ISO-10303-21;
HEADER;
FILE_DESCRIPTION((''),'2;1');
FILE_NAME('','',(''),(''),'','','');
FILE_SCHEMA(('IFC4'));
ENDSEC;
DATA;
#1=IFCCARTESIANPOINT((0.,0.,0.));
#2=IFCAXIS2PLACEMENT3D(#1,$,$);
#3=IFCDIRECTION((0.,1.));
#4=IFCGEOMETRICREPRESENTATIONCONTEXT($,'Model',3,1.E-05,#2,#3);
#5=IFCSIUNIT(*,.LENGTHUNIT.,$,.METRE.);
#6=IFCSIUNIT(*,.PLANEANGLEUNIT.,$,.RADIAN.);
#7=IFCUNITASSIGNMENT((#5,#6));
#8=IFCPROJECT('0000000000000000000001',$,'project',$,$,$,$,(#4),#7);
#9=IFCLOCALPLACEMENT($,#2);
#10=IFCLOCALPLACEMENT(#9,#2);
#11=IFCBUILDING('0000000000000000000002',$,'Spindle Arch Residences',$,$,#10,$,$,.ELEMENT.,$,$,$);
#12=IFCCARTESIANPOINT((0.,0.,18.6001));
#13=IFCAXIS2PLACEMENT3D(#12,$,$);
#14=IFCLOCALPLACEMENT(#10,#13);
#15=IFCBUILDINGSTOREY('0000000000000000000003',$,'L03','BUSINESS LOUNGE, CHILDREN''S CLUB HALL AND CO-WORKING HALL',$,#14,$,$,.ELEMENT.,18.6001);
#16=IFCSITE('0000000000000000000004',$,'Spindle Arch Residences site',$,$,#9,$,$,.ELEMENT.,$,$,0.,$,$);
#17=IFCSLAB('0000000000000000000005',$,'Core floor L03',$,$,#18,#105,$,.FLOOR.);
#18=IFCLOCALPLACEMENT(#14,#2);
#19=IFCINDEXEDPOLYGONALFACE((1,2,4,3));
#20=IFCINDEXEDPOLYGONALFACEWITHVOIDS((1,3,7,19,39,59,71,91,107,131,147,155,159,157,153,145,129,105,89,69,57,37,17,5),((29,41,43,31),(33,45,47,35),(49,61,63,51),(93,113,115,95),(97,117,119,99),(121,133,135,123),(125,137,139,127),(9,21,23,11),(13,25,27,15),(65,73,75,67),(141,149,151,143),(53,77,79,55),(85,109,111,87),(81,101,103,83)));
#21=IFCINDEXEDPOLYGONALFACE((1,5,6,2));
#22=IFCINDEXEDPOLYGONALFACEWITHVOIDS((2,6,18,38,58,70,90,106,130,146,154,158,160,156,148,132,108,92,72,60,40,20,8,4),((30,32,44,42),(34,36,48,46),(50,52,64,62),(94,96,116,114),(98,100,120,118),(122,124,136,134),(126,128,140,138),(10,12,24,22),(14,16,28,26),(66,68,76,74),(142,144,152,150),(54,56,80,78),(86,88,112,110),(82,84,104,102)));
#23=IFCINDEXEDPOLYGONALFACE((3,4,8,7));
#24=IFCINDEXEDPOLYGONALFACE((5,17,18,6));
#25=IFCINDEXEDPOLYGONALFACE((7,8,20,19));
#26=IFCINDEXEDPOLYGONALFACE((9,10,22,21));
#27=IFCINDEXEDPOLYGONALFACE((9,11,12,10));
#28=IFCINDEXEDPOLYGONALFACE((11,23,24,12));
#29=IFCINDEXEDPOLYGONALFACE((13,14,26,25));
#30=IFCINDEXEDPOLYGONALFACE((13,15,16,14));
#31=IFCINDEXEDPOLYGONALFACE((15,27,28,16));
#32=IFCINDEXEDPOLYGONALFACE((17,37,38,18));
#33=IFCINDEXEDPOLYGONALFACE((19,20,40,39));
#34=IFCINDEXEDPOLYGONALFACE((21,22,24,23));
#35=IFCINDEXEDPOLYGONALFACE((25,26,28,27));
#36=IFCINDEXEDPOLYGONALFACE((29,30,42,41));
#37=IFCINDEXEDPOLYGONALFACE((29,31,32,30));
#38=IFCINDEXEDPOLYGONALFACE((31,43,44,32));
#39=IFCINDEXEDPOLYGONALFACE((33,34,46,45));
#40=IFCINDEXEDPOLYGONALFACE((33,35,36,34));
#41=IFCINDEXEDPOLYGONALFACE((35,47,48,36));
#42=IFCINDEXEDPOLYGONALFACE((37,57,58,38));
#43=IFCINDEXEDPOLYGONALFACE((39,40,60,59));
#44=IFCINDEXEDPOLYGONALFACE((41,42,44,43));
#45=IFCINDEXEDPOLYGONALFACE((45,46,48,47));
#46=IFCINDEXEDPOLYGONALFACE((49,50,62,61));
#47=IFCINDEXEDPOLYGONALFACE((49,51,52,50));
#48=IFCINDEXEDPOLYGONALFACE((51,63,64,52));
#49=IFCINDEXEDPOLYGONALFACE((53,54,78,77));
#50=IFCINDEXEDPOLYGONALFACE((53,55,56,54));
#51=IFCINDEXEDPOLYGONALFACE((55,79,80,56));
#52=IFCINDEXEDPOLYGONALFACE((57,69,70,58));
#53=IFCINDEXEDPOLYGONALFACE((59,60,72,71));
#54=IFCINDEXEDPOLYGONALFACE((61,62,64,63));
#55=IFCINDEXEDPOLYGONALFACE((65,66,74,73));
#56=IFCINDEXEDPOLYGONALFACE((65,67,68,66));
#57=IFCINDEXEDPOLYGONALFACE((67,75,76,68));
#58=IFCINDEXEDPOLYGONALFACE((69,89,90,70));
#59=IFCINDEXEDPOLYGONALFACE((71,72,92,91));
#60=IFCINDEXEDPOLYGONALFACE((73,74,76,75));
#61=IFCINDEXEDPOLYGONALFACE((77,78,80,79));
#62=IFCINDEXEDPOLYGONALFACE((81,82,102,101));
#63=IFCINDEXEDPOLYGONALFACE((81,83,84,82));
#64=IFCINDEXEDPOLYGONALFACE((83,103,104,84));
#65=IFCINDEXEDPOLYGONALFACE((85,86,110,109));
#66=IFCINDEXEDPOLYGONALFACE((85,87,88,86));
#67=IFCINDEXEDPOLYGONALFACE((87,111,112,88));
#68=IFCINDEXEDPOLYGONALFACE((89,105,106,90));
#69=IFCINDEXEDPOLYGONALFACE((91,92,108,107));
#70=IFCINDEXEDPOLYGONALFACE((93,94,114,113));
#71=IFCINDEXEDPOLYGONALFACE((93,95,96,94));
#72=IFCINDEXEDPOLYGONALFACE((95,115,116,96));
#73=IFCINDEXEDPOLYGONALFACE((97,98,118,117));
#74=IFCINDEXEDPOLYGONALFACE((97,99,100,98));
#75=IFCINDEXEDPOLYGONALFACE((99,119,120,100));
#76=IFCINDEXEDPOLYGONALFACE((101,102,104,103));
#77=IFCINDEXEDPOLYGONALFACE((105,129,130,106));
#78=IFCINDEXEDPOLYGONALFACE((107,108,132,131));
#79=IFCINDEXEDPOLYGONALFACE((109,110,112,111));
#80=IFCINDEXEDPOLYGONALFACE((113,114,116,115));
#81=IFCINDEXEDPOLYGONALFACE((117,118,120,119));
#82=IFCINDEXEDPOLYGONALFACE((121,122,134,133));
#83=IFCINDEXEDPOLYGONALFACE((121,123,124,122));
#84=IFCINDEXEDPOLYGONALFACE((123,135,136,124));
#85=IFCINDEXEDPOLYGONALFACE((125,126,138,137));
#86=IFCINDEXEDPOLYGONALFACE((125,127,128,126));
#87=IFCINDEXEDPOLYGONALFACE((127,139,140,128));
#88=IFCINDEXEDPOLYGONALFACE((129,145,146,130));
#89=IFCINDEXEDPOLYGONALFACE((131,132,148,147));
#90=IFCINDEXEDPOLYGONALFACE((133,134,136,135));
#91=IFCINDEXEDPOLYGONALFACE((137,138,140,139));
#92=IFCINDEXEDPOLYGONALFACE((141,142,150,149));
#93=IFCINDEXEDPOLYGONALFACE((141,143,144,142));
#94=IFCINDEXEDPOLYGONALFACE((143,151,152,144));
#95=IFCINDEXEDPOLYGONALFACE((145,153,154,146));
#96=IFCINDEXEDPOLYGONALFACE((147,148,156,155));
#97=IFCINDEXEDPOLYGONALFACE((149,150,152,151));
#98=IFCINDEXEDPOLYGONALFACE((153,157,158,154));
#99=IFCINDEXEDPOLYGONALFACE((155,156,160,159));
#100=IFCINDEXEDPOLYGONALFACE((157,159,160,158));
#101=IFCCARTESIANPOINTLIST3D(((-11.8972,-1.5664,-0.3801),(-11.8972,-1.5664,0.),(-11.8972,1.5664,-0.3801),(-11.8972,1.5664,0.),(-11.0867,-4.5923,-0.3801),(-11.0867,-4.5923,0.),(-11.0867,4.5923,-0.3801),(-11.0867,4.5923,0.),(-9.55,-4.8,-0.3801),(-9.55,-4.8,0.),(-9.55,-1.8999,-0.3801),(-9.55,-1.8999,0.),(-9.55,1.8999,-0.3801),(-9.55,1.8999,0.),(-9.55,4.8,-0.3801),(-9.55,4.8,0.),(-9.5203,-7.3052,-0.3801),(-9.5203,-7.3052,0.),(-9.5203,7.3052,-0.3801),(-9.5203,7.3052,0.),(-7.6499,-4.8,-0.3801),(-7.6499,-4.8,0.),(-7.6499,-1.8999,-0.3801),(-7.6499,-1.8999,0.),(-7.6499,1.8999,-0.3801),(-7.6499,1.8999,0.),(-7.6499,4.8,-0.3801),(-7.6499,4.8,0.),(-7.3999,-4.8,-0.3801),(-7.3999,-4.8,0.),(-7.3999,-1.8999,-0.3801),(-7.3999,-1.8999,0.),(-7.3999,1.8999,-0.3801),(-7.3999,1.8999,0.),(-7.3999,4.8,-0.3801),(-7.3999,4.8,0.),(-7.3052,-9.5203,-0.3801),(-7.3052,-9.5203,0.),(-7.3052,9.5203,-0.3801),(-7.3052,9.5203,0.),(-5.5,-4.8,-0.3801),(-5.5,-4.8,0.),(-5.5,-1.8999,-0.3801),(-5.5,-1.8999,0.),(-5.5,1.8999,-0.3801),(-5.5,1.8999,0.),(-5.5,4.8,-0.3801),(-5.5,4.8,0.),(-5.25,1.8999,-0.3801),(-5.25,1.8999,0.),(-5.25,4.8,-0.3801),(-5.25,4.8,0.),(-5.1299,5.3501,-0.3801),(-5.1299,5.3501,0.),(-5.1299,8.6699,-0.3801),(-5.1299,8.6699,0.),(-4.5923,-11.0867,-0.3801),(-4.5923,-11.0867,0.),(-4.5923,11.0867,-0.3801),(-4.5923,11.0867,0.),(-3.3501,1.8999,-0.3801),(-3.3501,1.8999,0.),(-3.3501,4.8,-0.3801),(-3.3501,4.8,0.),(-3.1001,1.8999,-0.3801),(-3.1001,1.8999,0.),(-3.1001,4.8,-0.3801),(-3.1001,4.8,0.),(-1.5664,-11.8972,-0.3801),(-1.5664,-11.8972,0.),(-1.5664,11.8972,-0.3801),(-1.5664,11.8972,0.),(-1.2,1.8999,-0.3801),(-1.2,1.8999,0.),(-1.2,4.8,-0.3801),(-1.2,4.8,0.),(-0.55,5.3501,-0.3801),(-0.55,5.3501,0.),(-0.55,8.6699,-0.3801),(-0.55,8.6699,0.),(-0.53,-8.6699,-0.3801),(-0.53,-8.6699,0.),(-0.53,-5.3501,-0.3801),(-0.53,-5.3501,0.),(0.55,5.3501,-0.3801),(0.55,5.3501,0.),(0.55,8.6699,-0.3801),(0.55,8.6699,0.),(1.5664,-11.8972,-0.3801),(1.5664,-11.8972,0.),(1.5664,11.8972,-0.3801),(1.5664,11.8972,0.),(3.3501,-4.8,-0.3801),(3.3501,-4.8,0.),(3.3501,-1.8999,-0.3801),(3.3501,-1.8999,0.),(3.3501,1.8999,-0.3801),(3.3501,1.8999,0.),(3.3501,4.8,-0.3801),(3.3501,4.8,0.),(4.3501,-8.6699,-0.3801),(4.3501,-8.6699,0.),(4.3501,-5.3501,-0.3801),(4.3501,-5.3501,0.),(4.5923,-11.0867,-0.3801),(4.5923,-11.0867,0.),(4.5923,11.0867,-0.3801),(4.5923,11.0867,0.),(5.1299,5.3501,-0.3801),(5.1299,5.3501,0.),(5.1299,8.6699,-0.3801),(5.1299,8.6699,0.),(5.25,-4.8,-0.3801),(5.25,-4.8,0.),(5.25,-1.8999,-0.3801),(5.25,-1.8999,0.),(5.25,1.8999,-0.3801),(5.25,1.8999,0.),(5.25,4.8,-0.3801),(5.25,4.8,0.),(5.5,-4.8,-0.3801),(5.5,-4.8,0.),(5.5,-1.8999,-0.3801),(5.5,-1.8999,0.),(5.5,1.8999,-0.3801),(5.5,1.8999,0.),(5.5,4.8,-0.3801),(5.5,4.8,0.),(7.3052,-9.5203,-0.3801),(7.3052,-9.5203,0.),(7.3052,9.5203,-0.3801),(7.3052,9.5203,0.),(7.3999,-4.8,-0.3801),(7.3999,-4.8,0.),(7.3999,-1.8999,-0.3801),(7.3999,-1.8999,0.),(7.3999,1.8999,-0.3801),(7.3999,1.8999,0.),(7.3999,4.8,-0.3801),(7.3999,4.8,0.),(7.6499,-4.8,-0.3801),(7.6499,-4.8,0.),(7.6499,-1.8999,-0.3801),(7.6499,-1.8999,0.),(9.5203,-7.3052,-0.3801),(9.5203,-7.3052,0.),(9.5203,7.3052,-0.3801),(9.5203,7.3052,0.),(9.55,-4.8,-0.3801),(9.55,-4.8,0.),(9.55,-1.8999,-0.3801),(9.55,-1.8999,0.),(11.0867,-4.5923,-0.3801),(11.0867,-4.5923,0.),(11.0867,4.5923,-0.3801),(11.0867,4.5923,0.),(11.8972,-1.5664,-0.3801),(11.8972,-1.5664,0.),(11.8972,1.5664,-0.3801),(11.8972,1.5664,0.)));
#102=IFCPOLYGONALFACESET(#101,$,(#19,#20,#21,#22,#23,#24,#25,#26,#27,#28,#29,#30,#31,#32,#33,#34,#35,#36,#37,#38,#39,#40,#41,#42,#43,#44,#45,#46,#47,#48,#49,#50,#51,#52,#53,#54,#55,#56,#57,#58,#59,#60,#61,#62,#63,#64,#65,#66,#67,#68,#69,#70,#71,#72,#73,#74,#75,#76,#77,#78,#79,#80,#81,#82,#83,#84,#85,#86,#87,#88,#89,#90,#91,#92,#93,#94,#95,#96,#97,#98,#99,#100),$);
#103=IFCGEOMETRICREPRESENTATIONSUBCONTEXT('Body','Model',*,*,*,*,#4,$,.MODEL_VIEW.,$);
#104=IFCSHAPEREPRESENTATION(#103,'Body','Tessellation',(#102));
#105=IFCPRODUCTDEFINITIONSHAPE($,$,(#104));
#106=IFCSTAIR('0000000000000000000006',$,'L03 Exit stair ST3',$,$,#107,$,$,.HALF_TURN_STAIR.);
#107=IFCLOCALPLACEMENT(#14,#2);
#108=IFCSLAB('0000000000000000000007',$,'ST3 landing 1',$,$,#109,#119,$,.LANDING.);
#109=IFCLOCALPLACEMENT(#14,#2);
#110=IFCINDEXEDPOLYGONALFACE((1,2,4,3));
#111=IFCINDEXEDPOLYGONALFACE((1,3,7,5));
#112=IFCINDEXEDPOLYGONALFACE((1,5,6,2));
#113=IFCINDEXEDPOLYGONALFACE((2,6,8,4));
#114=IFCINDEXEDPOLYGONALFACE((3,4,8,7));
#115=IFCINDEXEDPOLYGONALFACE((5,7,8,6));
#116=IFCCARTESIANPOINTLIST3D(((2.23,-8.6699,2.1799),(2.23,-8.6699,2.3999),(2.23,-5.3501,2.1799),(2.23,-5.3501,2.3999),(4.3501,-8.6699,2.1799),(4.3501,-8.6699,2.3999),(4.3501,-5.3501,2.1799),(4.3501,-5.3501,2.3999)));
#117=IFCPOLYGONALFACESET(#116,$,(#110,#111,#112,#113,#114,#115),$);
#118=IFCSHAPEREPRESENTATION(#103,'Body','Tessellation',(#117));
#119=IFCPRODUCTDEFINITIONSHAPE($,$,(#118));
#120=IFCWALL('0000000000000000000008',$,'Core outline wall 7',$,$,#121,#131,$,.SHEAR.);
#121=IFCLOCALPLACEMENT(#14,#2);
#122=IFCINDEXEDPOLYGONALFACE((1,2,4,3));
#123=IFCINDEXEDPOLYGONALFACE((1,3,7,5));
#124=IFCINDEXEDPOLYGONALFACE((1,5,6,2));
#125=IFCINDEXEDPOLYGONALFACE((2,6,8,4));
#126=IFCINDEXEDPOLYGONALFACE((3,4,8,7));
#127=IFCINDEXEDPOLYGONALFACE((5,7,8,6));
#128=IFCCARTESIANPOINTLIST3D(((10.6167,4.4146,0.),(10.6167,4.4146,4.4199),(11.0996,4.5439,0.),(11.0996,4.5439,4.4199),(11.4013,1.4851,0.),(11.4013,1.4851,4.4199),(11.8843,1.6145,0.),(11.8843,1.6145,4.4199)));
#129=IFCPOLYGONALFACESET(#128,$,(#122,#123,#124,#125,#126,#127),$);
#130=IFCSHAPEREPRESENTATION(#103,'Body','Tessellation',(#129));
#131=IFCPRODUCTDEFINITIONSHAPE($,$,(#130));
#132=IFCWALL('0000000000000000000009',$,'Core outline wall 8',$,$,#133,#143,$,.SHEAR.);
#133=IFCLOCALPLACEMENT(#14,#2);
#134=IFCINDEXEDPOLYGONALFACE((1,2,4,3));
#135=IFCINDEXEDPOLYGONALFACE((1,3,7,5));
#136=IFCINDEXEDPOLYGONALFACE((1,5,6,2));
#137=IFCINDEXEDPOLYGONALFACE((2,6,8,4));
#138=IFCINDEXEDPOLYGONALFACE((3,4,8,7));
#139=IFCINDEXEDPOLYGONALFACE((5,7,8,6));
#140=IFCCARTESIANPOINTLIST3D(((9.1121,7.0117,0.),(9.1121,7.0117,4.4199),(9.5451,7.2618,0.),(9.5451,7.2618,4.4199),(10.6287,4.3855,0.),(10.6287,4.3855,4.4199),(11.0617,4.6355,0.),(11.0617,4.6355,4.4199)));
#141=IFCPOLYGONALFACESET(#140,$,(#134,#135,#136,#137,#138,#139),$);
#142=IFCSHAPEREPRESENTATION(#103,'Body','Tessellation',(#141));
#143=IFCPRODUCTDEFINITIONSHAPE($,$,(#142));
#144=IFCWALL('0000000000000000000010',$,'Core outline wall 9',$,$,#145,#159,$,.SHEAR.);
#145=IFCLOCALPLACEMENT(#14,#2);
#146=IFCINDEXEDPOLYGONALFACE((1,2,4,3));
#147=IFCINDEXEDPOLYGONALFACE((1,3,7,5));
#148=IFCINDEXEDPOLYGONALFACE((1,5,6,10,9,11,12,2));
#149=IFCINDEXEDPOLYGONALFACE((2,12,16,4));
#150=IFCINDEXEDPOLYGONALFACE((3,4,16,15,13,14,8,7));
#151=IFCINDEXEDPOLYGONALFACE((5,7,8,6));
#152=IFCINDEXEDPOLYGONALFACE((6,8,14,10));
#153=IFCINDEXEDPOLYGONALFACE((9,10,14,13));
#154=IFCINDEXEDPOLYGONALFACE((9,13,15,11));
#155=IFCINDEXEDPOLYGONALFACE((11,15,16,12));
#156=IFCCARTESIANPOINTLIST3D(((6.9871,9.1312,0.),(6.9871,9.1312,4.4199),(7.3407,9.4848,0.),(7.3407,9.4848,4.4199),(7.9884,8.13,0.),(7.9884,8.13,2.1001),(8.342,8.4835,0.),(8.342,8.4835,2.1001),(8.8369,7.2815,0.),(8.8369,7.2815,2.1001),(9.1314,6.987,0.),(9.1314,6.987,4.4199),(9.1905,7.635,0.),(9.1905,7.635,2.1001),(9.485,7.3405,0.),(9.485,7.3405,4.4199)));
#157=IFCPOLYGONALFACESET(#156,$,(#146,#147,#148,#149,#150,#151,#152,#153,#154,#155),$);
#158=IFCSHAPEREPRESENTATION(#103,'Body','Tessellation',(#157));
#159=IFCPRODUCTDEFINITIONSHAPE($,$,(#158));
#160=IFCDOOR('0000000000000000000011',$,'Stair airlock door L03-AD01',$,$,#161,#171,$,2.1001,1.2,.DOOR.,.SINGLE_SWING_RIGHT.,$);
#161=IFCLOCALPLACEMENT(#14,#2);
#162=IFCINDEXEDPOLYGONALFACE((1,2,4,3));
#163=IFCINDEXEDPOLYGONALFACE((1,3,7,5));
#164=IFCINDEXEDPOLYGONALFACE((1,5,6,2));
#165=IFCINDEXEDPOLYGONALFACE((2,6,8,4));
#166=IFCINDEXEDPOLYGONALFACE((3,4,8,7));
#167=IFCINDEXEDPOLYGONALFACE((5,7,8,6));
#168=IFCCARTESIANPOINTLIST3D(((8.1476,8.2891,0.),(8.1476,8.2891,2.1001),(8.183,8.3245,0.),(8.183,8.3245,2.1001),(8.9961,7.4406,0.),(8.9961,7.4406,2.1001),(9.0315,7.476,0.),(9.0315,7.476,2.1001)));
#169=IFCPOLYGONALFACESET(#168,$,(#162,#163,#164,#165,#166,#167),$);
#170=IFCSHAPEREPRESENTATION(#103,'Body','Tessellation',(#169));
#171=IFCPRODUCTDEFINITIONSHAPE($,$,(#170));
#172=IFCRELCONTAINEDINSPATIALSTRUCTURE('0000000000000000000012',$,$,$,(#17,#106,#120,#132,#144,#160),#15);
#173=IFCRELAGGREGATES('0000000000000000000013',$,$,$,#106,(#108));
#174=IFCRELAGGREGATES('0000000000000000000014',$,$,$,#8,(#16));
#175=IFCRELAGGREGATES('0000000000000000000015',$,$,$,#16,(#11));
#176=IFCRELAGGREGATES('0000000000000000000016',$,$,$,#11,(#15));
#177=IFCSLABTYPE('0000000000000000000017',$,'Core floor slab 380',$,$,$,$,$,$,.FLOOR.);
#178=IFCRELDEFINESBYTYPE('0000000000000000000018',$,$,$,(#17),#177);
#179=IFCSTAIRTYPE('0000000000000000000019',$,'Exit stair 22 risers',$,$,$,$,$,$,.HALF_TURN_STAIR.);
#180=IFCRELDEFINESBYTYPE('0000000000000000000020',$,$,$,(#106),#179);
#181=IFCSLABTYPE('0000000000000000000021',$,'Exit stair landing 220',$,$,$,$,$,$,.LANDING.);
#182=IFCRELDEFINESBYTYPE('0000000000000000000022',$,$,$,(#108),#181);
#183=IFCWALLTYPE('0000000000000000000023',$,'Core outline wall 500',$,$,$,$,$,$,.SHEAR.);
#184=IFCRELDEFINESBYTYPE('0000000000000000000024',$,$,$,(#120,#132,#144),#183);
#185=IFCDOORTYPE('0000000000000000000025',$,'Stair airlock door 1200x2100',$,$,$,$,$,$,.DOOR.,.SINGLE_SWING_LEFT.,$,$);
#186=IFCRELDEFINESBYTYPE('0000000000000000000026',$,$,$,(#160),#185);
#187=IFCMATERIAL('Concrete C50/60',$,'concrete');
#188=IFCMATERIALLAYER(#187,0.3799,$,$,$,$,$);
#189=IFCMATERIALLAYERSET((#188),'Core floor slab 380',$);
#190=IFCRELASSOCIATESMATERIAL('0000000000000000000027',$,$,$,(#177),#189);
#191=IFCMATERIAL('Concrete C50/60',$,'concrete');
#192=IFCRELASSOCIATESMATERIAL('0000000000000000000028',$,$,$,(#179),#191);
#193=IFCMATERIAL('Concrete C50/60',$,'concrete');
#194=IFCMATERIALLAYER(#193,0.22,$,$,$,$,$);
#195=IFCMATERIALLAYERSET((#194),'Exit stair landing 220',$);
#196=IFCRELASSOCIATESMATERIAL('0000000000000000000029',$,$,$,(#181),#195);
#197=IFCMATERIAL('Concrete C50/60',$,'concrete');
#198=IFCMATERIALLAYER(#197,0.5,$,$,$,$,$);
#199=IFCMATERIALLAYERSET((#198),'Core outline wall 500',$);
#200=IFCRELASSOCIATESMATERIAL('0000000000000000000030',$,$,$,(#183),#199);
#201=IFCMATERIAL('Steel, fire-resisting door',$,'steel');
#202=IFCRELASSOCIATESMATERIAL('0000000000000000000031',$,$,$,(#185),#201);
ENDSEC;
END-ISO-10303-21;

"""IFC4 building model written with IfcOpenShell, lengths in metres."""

from ifc_helpers import new_model, si_unit, direction, frame, frame_2d, origin, place, context, subcontext, project, spatial, polyline, rectangle, outline, extrude, material, layer, layer_set, type_object, element, fill, aggregate, save


model = new_model("IFC4")

# Units and contexts
model_context = context("Model", 3, precision=1e-05, world=origin(), true_north=direction((0.0, 1.0)))
body_context = subcontext(model_context, "Body", "Model", "MODEL_VIEW")
ifc_project = project(units=[si_unit("LENGTHUNIT", "METRE"), si_unit("PLANEANGLEUNIT", "RADIAN")], contexts=[model_context])

# Site, building, storey
site_placement = place(None, origin())
site = spatial("IfcSite", under=ifc_project, at=site_placement, Name="Spindle Arch Residences site", CompositionType="ELEMENT", RefElevation=0.0)
building_placement = place(site_placement, origin())
building = spatial("IfcBuilding", under=site, at=building_placement, Name="Spindle Arch Residences", CompositionType="ELEMENT")
storey_placement = place(building_placement, frame((0.0, 0.0, 18.6001)))
storey = spatial("IfcBuildingStorey", under=building, at=storey_placement, Name="L03", Description="BUSINESS LOUNGE, CHILDREN'S CLUB HALL AND CO-WORKING HALL", CompositionType="ELEMENT", Elevation=18.6001)

# Slab
ifc_material_1 = material(Name="Concrete C50/60", Category="concrete")
ifc_layer_1 = layer(ifc_material_1, 0.3799)
ifc_layer_set_1 = layer_set([ifc_layer_1], Name="Core floor slab 380")
slab_type_1 = type_object("IfcSlabType", Name="Core floor slab 380", PredefinedType="FLOOR", material=ifc_layer_set_1)
slab_1_placement = place(storey_placement, frame((0.0, 0.0, -0.3801)))
element("IfcSlab", 1, at=slab_1_placement, inside=storey, type_object=slab_type_1, Name="Core floor L03", PredefinedType="FLOOR", context=body_context, shape_type="SweptSolid", body=[
    extrude(outline(polyline([(1.5664, -11.8972), (4.5923, -11.0867), (7.3052, -9.5203), (9.5203, -7.3052), (11.0867, -4.5923), (11.8972, -1.5664), (11.8972, 1.5664), (11.0867, 4.5923), (9.5203, 7.3052), (7.3052, 9.5203), (4.5923, 11.0867), (1.5664, 11.8972), (-1.5664, 11.8972), (-4.5923, 11.0867), (-7.3052, 9.5203), (-9.5203, 7.3052), (-11.0867, 4.5923), (-11.8972, 1.5664), (-11.8972, -1.5664), (-11.0867, -4.5923), (-9.5203, -7.3052), (-7.3052, -9.5203), (-4.5923, -11.0867), (-1.5664, -11.8972), (1.5664, -11.8972)]), holes=[polyline([(-9.55, 1.8999), (-7.6499, 1.8999), (-7.6499, 4.8), (-9.55, 4.8), (-9.55, 1.8999)]), polyline([(-7.3999, 1.8999), (-5.5, 1.8999), (-5.5, 4.8), (-7.3999, 4.8), (-7.3999, 1.8999)]), polyline([(-5.25, 1.8999), (-3.3501, 1.8999), (-3.3501, 4.8), (-5.25, 4.8), (-5.25, 1.8999)]), polyline([(-3.1001, 1.8999), (-1.2, 1.8999), (-1.2, 4.8), (-3.1001, 4.8), (-3.1001, 1.8999)]), polyline([(3.3501, 1.8999), (5.25, 1.8999), (5.25, 4.8), (3.3501, 4.8), (3.3501, 1.8999)]), polyline([(5.5, 1.8999), (7.3999, 1.8999), (7.3999, 4.8), (5.5, 4.8), (5.5, 1.8999)]), polyline([(-9.55, -4.8), (-7.6499, -4.8), (-7.6499, -1.8999), (-9.55, -1.8999), (-9.55, -4.8)]), polyline([(-7.3999, -4.8), (-5.5, -4.8), (-5.5, -1.8999), (-7.3999, -1.8999), (-7.3999, -4.8)]), polyline([(3.3501, -4.8), (5.25, -4.8), (5.25, -1.8999), (3.3501, -1.8999), (3.3501, -4.8)]), polyline([(5.5, -4.8), (7.3999, -4.8), (7.3999, -1.8999), (5.5, -1.8999), (5.5, -4.8)]), polyline([(7.6499, -4.8), (9.55, -4.8), (9.55, -1.8999), (7.6499, -1.8999), (7.6499, -4.8)]), polyline([(5.1299, 8.6699), (0.55, 8.6699), (0.55, 5.3501), (5.1299, 5.3501), (5.1299, 8.6699)]), polyline([(-5.1299, 5.3501), (-0.55, 5.3501), (-0.55, 8.6699), (-5.1299, 8.6699), (-5.1299, 5.3501)]), polyline([(-0.53, -8.6699), (4.3501, -8.6699), (4.3501, -5.3501), (-0.53, -5.3501), (-0.53, -8.6699)])]), origin(), (0.0, 0.0, 1.0), 0.3801),
])

# Stair, slab
ifc_material_2 = material(Name="Concrete C50/60", Category="concrete")
stair_type = type_object("IfcStairType", Name="Exit stair 22 risers", PredefinedType="HALF_TURN_STAIR", material=ifc_material_2)
stair_1_placement = place(storey_placement, origin())
stair_1 = element("IfcStair", 2, at=stair_1_placement, inside=storey, type_object=stair_type, Name="L03 Exit stair ST3", PredefinedType="HALF_TURN_STAIR")
ifc_material_3 = material(Name="Concrete C50/60", Category="concrete")
ifc_layer_2 = layer(ifc_material_3, 0.22)
ifc_layer_set_2 = layer_set([ifc_layer_2], Name="Exit stair landing 220")
slab_type_2 = type_object("IfcSlabType", Name="Exit stair landing 220", PredefinedType="LANDING", material=ifc_layer_set_2)
slab_2_placement = place(storey_placement, frame((0.0, 0.0, 2.1799)))
slab_2 = element("IfcSlab", 3, at=slab_2_placement, type_object=slab_type_2, Name="ST3 landing 1", PredefinedType="LANDING", context=body_context, shape_type="SweptSolid", body=[
    extrude(outline(polyline([(2.23, -8.6699), (4.3501, -8.6699), (4.3501, -5.3501), (2.23, -5.3501), (2.23, -8.6699)])), origin(), (0.0, 0.0, 1.0), 0.22),
])
aggregate(stair_1, [slab_2])

# Walls
ifc_material_4 = material(Name="Concrete C50/60", Category="concrete")
ifc_layer_3 = layer(ifc_material_4, 0.5)
ifc_layer_set_3 = layer_set([ifc_layer_3], Name="Core outline wall 500")
wall_type_1 = type_object("IfcWallType", Name="Core outline wall 500", PredefinedType="SHEAR", material=ifc_layer_set_3)
for number, where, z_axis, x_axis, name in (
    (4, (11.6428, 1.5498, 0.0), (0.0, 0.0, 1.0), (-0.258735, 0.965948, 0.0), "Core outline wall 7"),
    (5, (10.8452, 4.5105, 0.0), (0.0, 0.0, 1.0), (-0.500087, 0.865975, 0.0), "Core outline wall 8"),
):
    element("IfcWall", number, at=place(storey_placement, frame(where, z_axis=z_axis, x_axis=x_axis)), inside=storey, type_object=wall_type_1, Name=name, PredefinedType="SHEAR", context=body_context, shape_type="SweptSolid", body=[
        extrude(rectangle(XDim=3.0327, YDim=0.5, at=frame_2d((1.5164, 0.0))), origin(), (0.0, 0.0, 1.0), 4.4199),
    ])

# Wall, opening, door
wall_1_placement = place(storey_placement, frame((9.3081, 7.1638, 0.0), z_axis=(0.0, 0.0, 1.0), x_axis=(-0.707107, 0.707107, 0.0)))
wall_1 = element("IfcWall", 6, at=wall_1_placement, inside=storey, type_object=wall_type_1, Name="Core outline wall 9", PredefinedType="SHEAR", context=body_context, shape_type="SweptSolid", body=[
    extrude(rectangle(XDim=3.0325, YDim=0.5, at=frame_2d((1.5161, 0.0))), origin(), (0.0, 0.0, 1.0), 4.4199),
])
opening_1_placement = place(wall_1_placement, frame((0.4163, 0.0, 0.0)))
opening_1 = element("IfcOpeningElement", 7, at=opening_1_placement, cuts=wall_1, PredefinedType="OPENING", context=body_context, shape_type="SweptSolid", body=[
    extrude(rectangle(XDim=1.2, YDim=2.1001, at=frame_2d((0.6001, 1.05))), frame((0.0, 0.26, 0.0), z_axis=(0.0, -1.0, 0.0), x_axis=(1.0, 0.0, 0.0)), (0.0, 0.0, 1.0), 0.52),
])
ifc_material_5 = material(Name="Steel, fire-resisting door", Category="steel")
door_type_1 = type_object("IfcDoorType", Name="Stair airlock door 1200x2100", OperationType="SINGLE_SWING_LEFT", PredefinedType="DOOR", material=ifc_material_5)
door_1_placement = place(opening_1_placement, origin())
door_1 = element("IfcDoor", 8, at=door_1_placement, inside=storey, type_object=door_type_1, Name="Stair airlock door L03-AD01", OperationType="SINGLE_SWING_RIGHT", OverallHeight=2.1001, OverallWidth=1.2, PredefinedType="DOOR", context=body_context, shape_type="SweptSolid", body=[
    extrude(rectangle(XDim=1.2, YDim=2.1001, at=frame_2d((0.6001, 1.05))), frame((0.0, 0.0249, 0.0), z_axis=(0.0, -1.0, 0.0), x_axis=(1.0, 0.0, 0.0)), (0.0, 0.0, 1.0), 0.05),
])
fill(opening_1, door_1)

save(model, "model.ifc")
